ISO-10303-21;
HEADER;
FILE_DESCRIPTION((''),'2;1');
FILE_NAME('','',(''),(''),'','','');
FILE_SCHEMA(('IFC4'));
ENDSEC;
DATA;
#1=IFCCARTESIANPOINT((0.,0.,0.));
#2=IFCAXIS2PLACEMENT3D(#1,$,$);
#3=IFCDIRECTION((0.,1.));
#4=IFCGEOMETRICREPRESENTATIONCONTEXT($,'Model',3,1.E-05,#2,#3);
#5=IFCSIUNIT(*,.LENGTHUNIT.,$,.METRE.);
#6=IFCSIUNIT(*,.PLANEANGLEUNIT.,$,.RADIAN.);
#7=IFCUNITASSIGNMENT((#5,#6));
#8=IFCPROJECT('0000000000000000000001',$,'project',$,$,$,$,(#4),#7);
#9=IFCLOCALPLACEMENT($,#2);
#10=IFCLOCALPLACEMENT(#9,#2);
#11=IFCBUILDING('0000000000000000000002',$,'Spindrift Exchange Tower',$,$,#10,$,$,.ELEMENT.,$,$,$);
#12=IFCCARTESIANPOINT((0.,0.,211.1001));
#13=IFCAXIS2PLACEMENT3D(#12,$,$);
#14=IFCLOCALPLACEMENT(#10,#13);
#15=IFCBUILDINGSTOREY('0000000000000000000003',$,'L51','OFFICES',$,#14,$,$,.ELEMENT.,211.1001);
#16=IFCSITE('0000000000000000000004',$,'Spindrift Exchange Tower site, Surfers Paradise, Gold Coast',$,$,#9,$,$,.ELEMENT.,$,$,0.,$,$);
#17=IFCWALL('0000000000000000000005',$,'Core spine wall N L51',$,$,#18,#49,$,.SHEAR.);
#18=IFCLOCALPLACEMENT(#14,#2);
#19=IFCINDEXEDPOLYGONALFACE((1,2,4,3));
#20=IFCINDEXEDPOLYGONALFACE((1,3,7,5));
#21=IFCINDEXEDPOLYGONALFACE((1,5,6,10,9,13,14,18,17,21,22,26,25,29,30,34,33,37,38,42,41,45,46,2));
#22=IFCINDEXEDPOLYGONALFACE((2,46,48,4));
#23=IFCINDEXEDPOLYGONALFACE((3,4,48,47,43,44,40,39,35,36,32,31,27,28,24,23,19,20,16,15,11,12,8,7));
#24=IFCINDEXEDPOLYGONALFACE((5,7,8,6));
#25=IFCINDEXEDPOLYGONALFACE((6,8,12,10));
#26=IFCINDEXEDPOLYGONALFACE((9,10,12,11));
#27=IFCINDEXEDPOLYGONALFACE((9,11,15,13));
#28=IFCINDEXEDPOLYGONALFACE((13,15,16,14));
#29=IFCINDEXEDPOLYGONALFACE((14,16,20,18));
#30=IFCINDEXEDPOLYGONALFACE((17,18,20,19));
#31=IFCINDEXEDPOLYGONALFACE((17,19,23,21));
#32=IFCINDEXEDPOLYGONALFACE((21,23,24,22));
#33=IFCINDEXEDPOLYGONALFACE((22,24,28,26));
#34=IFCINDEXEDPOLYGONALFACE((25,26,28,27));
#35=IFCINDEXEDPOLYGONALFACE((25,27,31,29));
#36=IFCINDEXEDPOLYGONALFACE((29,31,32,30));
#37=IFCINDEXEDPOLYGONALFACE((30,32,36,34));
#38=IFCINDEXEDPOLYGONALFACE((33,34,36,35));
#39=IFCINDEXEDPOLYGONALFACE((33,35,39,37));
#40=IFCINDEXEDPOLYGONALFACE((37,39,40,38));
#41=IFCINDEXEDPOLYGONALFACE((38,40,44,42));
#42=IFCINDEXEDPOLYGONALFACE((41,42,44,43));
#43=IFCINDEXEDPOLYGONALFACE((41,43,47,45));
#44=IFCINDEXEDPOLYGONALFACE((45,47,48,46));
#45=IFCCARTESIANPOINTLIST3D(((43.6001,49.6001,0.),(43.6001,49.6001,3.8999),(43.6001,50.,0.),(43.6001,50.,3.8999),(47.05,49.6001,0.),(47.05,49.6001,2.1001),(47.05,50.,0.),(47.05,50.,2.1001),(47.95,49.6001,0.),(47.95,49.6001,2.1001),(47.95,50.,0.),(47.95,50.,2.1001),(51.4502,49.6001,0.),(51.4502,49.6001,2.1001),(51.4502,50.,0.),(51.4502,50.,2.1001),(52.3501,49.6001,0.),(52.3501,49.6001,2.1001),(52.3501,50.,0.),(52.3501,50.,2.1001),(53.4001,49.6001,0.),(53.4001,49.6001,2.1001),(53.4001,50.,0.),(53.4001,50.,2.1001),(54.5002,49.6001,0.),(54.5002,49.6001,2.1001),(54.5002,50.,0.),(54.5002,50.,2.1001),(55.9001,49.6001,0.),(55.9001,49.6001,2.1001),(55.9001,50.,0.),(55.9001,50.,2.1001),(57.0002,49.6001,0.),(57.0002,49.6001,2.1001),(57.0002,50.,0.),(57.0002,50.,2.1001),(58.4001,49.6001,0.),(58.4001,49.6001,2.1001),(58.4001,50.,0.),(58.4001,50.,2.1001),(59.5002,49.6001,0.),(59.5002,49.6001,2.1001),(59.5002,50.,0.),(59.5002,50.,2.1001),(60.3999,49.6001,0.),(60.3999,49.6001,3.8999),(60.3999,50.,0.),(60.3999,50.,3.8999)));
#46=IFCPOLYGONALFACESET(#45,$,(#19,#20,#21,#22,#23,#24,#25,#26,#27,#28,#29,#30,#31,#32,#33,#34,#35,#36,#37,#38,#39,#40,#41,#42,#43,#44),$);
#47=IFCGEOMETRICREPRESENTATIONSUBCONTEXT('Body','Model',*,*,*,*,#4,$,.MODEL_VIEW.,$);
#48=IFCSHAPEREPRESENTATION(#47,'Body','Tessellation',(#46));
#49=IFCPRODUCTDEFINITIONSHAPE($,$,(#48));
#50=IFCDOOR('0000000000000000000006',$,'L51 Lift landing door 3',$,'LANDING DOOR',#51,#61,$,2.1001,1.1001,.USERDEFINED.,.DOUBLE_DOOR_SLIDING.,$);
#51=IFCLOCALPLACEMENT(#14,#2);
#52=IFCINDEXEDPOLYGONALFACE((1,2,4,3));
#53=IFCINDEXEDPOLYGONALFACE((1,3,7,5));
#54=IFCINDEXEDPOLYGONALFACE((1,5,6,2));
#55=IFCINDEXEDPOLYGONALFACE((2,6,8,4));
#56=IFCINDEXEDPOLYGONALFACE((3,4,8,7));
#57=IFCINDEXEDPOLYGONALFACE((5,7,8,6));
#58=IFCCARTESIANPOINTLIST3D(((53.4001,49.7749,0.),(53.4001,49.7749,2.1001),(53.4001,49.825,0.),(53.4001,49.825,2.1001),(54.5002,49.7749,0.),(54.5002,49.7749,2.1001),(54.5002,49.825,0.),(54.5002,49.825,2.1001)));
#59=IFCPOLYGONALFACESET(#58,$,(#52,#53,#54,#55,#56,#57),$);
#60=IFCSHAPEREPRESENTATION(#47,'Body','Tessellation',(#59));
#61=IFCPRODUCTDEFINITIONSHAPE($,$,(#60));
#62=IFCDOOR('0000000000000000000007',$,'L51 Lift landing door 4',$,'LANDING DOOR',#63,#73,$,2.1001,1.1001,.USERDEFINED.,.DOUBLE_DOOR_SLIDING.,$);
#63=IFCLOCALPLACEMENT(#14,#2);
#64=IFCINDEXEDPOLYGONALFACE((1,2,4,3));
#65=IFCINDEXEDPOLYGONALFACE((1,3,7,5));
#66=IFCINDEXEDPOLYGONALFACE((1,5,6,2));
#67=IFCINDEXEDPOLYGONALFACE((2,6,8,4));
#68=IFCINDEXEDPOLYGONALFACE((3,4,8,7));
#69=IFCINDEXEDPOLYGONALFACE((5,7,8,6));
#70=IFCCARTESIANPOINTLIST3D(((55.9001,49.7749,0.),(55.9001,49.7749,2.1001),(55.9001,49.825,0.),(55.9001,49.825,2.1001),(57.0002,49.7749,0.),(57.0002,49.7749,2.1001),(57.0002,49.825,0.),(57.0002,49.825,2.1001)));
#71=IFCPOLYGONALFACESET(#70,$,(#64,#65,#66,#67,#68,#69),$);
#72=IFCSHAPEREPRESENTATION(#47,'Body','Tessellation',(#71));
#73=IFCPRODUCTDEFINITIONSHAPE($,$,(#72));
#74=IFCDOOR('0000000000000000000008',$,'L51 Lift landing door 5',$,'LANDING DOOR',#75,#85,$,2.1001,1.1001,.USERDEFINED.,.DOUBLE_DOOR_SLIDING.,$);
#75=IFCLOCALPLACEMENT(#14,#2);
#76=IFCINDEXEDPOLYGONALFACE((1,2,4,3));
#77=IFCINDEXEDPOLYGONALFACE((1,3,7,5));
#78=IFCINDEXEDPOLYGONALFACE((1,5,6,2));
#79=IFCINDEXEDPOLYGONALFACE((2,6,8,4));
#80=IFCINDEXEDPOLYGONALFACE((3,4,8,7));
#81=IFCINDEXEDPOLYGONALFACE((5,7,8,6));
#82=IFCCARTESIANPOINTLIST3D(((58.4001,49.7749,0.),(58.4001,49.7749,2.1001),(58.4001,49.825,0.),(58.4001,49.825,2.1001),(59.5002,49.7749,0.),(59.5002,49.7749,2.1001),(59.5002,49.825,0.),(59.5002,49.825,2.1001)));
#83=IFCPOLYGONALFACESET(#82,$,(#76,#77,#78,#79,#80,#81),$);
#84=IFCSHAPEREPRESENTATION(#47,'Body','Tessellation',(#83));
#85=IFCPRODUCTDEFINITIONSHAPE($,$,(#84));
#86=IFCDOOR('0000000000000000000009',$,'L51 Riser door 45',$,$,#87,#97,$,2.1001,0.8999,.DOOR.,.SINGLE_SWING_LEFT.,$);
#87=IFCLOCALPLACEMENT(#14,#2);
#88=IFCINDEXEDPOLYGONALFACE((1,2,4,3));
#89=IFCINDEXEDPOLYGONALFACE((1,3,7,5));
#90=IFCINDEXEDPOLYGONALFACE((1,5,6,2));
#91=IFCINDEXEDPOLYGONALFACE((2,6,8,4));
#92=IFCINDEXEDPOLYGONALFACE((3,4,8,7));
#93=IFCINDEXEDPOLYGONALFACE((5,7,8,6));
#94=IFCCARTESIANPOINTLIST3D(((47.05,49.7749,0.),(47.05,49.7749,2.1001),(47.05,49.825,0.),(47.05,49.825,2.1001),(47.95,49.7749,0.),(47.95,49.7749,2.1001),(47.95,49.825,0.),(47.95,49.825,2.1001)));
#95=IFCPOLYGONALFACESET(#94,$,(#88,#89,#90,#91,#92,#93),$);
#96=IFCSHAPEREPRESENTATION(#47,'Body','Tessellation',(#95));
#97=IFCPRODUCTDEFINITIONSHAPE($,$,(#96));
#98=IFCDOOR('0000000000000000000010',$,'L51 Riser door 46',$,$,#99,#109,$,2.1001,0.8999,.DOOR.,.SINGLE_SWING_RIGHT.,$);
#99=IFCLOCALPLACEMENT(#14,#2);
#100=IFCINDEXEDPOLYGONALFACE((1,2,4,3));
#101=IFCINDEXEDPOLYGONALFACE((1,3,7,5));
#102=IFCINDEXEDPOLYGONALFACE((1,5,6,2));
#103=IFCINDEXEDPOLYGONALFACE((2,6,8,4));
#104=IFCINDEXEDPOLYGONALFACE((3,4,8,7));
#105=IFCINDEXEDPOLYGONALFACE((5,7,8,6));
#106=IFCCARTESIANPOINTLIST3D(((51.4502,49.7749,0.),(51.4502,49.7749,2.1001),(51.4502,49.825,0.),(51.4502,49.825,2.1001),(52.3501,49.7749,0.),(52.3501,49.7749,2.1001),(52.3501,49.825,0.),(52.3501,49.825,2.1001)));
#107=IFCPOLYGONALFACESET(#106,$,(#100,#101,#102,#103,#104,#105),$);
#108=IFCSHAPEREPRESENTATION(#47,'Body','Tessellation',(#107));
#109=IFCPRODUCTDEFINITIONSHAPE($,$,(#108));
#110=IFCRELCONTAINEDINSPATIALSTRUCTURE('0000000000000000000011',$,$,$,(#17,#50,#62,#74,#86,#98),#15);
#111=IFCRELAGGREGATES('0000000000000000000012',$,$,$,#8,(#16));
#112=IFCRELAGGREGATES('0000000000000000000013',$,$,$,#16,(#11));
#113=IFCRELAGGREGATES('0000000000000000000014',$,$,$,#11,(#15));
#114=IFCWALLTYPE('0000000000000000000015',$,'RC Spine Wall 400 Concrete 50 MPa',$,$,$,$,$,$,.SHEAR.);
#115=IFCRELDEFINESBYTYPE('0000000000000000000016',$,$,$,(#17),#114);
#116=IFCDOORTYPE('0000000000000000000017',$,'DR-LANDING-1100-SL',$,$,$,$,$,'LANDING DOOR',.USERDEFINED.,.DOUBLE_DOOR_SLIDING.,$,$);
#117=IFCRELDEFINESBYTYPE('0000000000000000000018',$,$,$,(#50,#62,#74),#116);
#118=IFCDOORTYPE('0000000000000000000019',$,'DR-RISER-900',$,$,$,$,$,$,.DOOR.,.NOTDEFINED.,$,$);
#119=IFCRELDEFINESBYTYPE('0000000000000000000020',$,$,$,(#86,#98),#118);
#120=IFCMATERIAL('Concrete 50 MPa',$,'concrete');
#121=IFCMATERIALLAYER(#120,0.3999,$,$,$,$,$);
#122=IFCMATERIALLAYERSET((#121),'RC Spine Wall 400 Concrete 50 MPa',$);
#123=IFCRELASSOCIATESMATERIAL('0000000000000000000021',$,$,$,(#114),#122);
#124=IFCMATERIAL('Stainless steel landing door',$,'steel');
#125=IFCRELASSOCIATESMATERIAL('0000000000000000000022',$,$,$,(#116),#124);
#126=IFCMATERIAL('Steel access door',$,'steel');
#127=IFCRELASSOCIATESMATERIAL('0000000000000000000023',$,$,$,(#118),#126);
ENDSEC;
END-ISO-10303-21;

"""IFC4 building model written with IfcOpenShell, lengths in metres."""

from ifc_helpers import new_model, si_unit, direction, frame, frame_2d, origin, place, context, subcontext, project, spatial, rectangle, extrude, source, transform, mapped, material, layer, layer_set, type_object, element, fill, save


model = new_model("IFC4")

# Units and contexts
model_context = context("Model", 3, precision=1e-05, world=origin(), true_north=direction((0.0, 1.0)))
body_context = subcontext(model_context, "Body", "Model", "MODEL_VIEW")
ifc_project = project(units=[si_unit("LENGTHUNIT", "METRE"), si_unit("PLANEANGLEUNIT", "RADIAN")], contexts=[model_context])

# Site, building, storey
site_placement = place(None, origin())
site = spatial("IfcSite", under=ifc_project, at=site_placement, Name="Spindrift Exchange Tower site, Surfers Paradise, Gold Coast", CompositionType="ELEMENT", RefElevation=0.0)
building_placement = place(site_placement, origin())
building = spatial("IfcBuilding", under=site, at=building_placement, Name="Spindrift Exchange Tower", CompositionType="ELEMENT")
storey_placement = place(building_placement, frame((0.0, 0.0, 211.1001)))
storey = spatial("IfcBuildingStorey", under=building, at=storey_placement, Name="L51", Description="OFFICES", CompositionType="ELEMENT", Elevation=211.1001)

# Wall, openings, doors
ifc_material_1 = material(Name="Concrete 50 MPa", Category="concrete")
ifc_layer_1 = layer(ifc_material_1, 0.3999)
ifc_layer_set_1 = layer_set([ifc_layer_1], Name="RC Spine Wall 400 Concrete 50 MPa")
wall_type_1 = type_object("IfcWallType", Name="RC Spine Wall 400 Concrete 50 MPa", PredefinedType="SHEAR", material=ifc_layer_set_1)
wall_1_placement = place(storey_placement, frame((43.6001, 49.8, 0.0), z_axis=(0.0, 0.0, 1.0), x_axis=(1.0, 0.0, 0.0)))
wall_1 = element("IfcWall", 1, at=wall_1_placement, inside=storey, type_object=wall_type_1, Name="Core spine wall N L51", PredefinedType="SHEAR", context=body_context, shape_type="SweptSolid", body=[
    extrude(rectangle(XDim=16.7998, YDim=0.3999, at=frame_2d((8.3999, 0.0))), origin(), (0.0, 0.0, 1.0), 3.8999),
])
opening_1_placement = place(wall_1_placement, frame((9.8, 0.0, 0.0)))
opening_1 = element("IfcOpeningElement", 2, at=opening_1_placement, cuts=wall_1, PredefinedType="OPENING", context=body_context, shape_type="SweptSolid", body=[
    extrude(rectangle(XDim=1.1001, YDim=2.1001, at=frame_2d((0.55, 1.05))), frame((0.0, 0.21, 0.0), z_axis=(0.0, -1.0, 0.0), x_axis=(1.0, 0.0, 0.0)), (0.0, 0.0, 1.0), 0.4199),
])
opening_2_placement = place(wall_1_placement, frame((12.3, 0.0, 0.0)))
opening_2 = element("IfcOpeningElement", 3, at=opening_2_placement, cuts=wall_1, PredefinedType="OPENING", context=body_context, shape_type="SweptSolid", body=[
    extrude(rectangle(XDim=1.1001, YDim=2.1001, at=frame_2d((0.55, 1.05))), frame((0.0, 0.21, 0.0), z_axis=(0.0, -1.0, 0.0), x_axis=(1.0, 0.0, 0.0)), (0.0, 0.0, 1.0), 0.4199),
])
opening_3_placement = place(wall_1_placement, frame((14.8, 0.0, 0.0)))
opening_3 = element("IfcOpeningElement", 4, at=opening_3_placement, cuts=wall_1, PredefinedType="OPENING", context=body_context, shape_type="SweptSolid", body=[
    extrude(rectangle(XDim=1.1001, YDim=2.1001, at=frame_2d((0.55, 1.05))), frame((0.0, 0.21, 0.0), z_axis=(0.0, -1.0, 0.0), x_axis=(1.0, 0.0, 0.0)), (0.0, 0.0, 1.0), 0.4199),
])
opening_4_placement = place(wall_1_placement, frame((3.45, 0.0, 0.0)))
opening_4 = element("IfcOpeningElement", 5, at=opening_4_placement, cuts=wall_1, PredefinedType="OPENING", context=body_context, shape_type="SweptSolid", body=[
    extrude(rectangle(XDim=0.8999, YDim=2.1001, at=frame_2d((0.45, 1.05))), frame((0.0, 0.21, 0.0), z_axis=(0.0, -1.0, 0.0), x_axis=(1.0, 0.0, 0.0)), (0.0, 0.0, 1.0), 0.4199),
])
opening_5_placement = place(wall_1_placement, frame((7.8501, 0.0, 0.0)))
opening_5 = element("IfcOpeningElement", 6, at=opening_5_placement, cuts=wall_1, PredefinedType="OPENING", context=body_context, shape_type="SweptSolid", body=[
    extrude(rectangle(XDim=0.8999, YDim=2.1001, at=frame_2d((0.45, 1.05))), frame((0.0, 0.21, 0.0), z_axis=(0.0, -1.0, 0.0), x_axis=(1.0, 0.0, 0.0)), (0.0, 0.0, 1.0), 0.4199),
])
ifc_material_2 = material(Name="Stainless steel landing door", Category="steel")
door_type_1 = type_object("IfcDoorType", Name="DR-LANDING-1100-SL", ElementType="LANDING DOOR", OperationType="DOUBLE_DOOR_SLIDING", PredefinedType="USERDEFINED", material=ifc_material_2)
shared_shape_1 = source(origin(), body_context, "Body", "SweptSolid", [
    extrude(rectangle(XDim=1.1001, YDim=2.1001, at=frame_2d((0.55, 1.05))), frame((0.0, 0.0249, 0.0), z_axis=(0.0, -1.0, 0.0), x_axis=(1.0, 0.0, 0.0)), (0.0, 0.0, 1.0), 0.05),
])
door_1_placement = place(opening_1_placement, origin())
door_1 = element("IfcDoor", 7, at=door_1_placement, inside=storey, type_object=door_type_1, Name="L51 Lift landing door 3", ObjectType="LANDING DOOR", OperationType="DOUBLE_DOOR_SLIDING", OverallHeight=2.1001, OverallWidth=1.1001, PredefinedType="USERDEFINED", context=body_context, shape_type="MappedRepresentation", body=[
    mapped(shared_shape_1, transform((0.0, 0.0, 0.0), scale=1.0)),
])
fill(opening_1, door_1)
door_2_placement = place(opening_2_placement, origin())
door_2 = element("IfcDoor", 8, at=door_2_placement, inside=storey, type_object=door_type_1, Name="L51 Lift landing door 4", ObjectType="LANDING DOOR", OperationType="DOUBLE_DOOR_SLIDING", OverallHeight=2.1001, OverallWidth=1.1001, PredefinedType="USERDEFINED", context=body_context, shape_type="MappedRepresentation", body=[
    mapped(shared_shape_1, transform((0.0, 0.0, 0.0), scale=1.0)),
])
fill(opening_2, door_2)
door_3_placement = place(opening_3_placement, origin())
door_3 = element("IfcDoor", 9, at=door_3_placement, inside=storey, type_object=door_type_1, Name="L51 Lift landing door 5", ObjectType="LANDING DOOR", OperationType="DOUBLE_DOOR_SLIDING", OverallHeight=2.1001, OverallWidth=1.1001, PredefinedType="USERDEFINED", context=body_context, shape_type="MappedRepresentation", body=[
    mapped(shared_shape_1, transform((0.0, 0.0, 0.0), scale=1.0)),
])
fill(opening_3, door_3)
ifc_material_3 = material(Name="Steel access door", Category="steel")
door_type_2 = type_object("IfcDoorType", Name="DR-RISER-900", OperationType="NOTDEFINED", PredefinedType="DOOR", material=ifc_material_3)
shared_shape_2 = source(origin(), body_context, "Body", "SweptSolid", [
    extrude(rectangle(XDim=0.8999, YDim=2.1001, at=frame_2d((0.45, 1.05))), frame((0.0, 0.0249, 0.0), z_axis=(0.0, -1.0, 0.0), x_axis=(1.0, 0.0, 0.0)), (0.0, 0.0, 1.0), 0.05),
])
door_4_placement = place(opening_4_placement, origin())
door_4 = element("IfcDoor", 10, at=door_4_placement, inside=storey, type_object=door_type_2, Name="L51 Riser door 45", OperationType="SINGLE_SWING_LEFT", OverallHeight=2.1001, OverallWidth=0.8999, PredefinedType="DOOR", context=body_context, shape_type="MappedRepresentation", body=[
    mapped(shared_shape_2, transform((0.0, 0.0, 0.0), scale=1.0)),
])
fill(opening_4, door_4)
door_5_placement = place(opening_5_placement, origin())
door_5 = element("IfcDoor", 11, at=door_5_placement, inside=storey, type_object=door_type_2, Name="L51 Riser door 46", OperationType="SINGLE_SWING_RIGHT", OverallHeight=2.1001, OverallWidth=0.8999, PredefinedType="DOOR", context=body_context, shape_type="MappedRepresentation", body=[
    mapped(shared_shape_2, transform((0.0, 0.0, 0.0), scale=1.0)),
])
fill(opening_5, door_5)

save(model, "model.ifc")
